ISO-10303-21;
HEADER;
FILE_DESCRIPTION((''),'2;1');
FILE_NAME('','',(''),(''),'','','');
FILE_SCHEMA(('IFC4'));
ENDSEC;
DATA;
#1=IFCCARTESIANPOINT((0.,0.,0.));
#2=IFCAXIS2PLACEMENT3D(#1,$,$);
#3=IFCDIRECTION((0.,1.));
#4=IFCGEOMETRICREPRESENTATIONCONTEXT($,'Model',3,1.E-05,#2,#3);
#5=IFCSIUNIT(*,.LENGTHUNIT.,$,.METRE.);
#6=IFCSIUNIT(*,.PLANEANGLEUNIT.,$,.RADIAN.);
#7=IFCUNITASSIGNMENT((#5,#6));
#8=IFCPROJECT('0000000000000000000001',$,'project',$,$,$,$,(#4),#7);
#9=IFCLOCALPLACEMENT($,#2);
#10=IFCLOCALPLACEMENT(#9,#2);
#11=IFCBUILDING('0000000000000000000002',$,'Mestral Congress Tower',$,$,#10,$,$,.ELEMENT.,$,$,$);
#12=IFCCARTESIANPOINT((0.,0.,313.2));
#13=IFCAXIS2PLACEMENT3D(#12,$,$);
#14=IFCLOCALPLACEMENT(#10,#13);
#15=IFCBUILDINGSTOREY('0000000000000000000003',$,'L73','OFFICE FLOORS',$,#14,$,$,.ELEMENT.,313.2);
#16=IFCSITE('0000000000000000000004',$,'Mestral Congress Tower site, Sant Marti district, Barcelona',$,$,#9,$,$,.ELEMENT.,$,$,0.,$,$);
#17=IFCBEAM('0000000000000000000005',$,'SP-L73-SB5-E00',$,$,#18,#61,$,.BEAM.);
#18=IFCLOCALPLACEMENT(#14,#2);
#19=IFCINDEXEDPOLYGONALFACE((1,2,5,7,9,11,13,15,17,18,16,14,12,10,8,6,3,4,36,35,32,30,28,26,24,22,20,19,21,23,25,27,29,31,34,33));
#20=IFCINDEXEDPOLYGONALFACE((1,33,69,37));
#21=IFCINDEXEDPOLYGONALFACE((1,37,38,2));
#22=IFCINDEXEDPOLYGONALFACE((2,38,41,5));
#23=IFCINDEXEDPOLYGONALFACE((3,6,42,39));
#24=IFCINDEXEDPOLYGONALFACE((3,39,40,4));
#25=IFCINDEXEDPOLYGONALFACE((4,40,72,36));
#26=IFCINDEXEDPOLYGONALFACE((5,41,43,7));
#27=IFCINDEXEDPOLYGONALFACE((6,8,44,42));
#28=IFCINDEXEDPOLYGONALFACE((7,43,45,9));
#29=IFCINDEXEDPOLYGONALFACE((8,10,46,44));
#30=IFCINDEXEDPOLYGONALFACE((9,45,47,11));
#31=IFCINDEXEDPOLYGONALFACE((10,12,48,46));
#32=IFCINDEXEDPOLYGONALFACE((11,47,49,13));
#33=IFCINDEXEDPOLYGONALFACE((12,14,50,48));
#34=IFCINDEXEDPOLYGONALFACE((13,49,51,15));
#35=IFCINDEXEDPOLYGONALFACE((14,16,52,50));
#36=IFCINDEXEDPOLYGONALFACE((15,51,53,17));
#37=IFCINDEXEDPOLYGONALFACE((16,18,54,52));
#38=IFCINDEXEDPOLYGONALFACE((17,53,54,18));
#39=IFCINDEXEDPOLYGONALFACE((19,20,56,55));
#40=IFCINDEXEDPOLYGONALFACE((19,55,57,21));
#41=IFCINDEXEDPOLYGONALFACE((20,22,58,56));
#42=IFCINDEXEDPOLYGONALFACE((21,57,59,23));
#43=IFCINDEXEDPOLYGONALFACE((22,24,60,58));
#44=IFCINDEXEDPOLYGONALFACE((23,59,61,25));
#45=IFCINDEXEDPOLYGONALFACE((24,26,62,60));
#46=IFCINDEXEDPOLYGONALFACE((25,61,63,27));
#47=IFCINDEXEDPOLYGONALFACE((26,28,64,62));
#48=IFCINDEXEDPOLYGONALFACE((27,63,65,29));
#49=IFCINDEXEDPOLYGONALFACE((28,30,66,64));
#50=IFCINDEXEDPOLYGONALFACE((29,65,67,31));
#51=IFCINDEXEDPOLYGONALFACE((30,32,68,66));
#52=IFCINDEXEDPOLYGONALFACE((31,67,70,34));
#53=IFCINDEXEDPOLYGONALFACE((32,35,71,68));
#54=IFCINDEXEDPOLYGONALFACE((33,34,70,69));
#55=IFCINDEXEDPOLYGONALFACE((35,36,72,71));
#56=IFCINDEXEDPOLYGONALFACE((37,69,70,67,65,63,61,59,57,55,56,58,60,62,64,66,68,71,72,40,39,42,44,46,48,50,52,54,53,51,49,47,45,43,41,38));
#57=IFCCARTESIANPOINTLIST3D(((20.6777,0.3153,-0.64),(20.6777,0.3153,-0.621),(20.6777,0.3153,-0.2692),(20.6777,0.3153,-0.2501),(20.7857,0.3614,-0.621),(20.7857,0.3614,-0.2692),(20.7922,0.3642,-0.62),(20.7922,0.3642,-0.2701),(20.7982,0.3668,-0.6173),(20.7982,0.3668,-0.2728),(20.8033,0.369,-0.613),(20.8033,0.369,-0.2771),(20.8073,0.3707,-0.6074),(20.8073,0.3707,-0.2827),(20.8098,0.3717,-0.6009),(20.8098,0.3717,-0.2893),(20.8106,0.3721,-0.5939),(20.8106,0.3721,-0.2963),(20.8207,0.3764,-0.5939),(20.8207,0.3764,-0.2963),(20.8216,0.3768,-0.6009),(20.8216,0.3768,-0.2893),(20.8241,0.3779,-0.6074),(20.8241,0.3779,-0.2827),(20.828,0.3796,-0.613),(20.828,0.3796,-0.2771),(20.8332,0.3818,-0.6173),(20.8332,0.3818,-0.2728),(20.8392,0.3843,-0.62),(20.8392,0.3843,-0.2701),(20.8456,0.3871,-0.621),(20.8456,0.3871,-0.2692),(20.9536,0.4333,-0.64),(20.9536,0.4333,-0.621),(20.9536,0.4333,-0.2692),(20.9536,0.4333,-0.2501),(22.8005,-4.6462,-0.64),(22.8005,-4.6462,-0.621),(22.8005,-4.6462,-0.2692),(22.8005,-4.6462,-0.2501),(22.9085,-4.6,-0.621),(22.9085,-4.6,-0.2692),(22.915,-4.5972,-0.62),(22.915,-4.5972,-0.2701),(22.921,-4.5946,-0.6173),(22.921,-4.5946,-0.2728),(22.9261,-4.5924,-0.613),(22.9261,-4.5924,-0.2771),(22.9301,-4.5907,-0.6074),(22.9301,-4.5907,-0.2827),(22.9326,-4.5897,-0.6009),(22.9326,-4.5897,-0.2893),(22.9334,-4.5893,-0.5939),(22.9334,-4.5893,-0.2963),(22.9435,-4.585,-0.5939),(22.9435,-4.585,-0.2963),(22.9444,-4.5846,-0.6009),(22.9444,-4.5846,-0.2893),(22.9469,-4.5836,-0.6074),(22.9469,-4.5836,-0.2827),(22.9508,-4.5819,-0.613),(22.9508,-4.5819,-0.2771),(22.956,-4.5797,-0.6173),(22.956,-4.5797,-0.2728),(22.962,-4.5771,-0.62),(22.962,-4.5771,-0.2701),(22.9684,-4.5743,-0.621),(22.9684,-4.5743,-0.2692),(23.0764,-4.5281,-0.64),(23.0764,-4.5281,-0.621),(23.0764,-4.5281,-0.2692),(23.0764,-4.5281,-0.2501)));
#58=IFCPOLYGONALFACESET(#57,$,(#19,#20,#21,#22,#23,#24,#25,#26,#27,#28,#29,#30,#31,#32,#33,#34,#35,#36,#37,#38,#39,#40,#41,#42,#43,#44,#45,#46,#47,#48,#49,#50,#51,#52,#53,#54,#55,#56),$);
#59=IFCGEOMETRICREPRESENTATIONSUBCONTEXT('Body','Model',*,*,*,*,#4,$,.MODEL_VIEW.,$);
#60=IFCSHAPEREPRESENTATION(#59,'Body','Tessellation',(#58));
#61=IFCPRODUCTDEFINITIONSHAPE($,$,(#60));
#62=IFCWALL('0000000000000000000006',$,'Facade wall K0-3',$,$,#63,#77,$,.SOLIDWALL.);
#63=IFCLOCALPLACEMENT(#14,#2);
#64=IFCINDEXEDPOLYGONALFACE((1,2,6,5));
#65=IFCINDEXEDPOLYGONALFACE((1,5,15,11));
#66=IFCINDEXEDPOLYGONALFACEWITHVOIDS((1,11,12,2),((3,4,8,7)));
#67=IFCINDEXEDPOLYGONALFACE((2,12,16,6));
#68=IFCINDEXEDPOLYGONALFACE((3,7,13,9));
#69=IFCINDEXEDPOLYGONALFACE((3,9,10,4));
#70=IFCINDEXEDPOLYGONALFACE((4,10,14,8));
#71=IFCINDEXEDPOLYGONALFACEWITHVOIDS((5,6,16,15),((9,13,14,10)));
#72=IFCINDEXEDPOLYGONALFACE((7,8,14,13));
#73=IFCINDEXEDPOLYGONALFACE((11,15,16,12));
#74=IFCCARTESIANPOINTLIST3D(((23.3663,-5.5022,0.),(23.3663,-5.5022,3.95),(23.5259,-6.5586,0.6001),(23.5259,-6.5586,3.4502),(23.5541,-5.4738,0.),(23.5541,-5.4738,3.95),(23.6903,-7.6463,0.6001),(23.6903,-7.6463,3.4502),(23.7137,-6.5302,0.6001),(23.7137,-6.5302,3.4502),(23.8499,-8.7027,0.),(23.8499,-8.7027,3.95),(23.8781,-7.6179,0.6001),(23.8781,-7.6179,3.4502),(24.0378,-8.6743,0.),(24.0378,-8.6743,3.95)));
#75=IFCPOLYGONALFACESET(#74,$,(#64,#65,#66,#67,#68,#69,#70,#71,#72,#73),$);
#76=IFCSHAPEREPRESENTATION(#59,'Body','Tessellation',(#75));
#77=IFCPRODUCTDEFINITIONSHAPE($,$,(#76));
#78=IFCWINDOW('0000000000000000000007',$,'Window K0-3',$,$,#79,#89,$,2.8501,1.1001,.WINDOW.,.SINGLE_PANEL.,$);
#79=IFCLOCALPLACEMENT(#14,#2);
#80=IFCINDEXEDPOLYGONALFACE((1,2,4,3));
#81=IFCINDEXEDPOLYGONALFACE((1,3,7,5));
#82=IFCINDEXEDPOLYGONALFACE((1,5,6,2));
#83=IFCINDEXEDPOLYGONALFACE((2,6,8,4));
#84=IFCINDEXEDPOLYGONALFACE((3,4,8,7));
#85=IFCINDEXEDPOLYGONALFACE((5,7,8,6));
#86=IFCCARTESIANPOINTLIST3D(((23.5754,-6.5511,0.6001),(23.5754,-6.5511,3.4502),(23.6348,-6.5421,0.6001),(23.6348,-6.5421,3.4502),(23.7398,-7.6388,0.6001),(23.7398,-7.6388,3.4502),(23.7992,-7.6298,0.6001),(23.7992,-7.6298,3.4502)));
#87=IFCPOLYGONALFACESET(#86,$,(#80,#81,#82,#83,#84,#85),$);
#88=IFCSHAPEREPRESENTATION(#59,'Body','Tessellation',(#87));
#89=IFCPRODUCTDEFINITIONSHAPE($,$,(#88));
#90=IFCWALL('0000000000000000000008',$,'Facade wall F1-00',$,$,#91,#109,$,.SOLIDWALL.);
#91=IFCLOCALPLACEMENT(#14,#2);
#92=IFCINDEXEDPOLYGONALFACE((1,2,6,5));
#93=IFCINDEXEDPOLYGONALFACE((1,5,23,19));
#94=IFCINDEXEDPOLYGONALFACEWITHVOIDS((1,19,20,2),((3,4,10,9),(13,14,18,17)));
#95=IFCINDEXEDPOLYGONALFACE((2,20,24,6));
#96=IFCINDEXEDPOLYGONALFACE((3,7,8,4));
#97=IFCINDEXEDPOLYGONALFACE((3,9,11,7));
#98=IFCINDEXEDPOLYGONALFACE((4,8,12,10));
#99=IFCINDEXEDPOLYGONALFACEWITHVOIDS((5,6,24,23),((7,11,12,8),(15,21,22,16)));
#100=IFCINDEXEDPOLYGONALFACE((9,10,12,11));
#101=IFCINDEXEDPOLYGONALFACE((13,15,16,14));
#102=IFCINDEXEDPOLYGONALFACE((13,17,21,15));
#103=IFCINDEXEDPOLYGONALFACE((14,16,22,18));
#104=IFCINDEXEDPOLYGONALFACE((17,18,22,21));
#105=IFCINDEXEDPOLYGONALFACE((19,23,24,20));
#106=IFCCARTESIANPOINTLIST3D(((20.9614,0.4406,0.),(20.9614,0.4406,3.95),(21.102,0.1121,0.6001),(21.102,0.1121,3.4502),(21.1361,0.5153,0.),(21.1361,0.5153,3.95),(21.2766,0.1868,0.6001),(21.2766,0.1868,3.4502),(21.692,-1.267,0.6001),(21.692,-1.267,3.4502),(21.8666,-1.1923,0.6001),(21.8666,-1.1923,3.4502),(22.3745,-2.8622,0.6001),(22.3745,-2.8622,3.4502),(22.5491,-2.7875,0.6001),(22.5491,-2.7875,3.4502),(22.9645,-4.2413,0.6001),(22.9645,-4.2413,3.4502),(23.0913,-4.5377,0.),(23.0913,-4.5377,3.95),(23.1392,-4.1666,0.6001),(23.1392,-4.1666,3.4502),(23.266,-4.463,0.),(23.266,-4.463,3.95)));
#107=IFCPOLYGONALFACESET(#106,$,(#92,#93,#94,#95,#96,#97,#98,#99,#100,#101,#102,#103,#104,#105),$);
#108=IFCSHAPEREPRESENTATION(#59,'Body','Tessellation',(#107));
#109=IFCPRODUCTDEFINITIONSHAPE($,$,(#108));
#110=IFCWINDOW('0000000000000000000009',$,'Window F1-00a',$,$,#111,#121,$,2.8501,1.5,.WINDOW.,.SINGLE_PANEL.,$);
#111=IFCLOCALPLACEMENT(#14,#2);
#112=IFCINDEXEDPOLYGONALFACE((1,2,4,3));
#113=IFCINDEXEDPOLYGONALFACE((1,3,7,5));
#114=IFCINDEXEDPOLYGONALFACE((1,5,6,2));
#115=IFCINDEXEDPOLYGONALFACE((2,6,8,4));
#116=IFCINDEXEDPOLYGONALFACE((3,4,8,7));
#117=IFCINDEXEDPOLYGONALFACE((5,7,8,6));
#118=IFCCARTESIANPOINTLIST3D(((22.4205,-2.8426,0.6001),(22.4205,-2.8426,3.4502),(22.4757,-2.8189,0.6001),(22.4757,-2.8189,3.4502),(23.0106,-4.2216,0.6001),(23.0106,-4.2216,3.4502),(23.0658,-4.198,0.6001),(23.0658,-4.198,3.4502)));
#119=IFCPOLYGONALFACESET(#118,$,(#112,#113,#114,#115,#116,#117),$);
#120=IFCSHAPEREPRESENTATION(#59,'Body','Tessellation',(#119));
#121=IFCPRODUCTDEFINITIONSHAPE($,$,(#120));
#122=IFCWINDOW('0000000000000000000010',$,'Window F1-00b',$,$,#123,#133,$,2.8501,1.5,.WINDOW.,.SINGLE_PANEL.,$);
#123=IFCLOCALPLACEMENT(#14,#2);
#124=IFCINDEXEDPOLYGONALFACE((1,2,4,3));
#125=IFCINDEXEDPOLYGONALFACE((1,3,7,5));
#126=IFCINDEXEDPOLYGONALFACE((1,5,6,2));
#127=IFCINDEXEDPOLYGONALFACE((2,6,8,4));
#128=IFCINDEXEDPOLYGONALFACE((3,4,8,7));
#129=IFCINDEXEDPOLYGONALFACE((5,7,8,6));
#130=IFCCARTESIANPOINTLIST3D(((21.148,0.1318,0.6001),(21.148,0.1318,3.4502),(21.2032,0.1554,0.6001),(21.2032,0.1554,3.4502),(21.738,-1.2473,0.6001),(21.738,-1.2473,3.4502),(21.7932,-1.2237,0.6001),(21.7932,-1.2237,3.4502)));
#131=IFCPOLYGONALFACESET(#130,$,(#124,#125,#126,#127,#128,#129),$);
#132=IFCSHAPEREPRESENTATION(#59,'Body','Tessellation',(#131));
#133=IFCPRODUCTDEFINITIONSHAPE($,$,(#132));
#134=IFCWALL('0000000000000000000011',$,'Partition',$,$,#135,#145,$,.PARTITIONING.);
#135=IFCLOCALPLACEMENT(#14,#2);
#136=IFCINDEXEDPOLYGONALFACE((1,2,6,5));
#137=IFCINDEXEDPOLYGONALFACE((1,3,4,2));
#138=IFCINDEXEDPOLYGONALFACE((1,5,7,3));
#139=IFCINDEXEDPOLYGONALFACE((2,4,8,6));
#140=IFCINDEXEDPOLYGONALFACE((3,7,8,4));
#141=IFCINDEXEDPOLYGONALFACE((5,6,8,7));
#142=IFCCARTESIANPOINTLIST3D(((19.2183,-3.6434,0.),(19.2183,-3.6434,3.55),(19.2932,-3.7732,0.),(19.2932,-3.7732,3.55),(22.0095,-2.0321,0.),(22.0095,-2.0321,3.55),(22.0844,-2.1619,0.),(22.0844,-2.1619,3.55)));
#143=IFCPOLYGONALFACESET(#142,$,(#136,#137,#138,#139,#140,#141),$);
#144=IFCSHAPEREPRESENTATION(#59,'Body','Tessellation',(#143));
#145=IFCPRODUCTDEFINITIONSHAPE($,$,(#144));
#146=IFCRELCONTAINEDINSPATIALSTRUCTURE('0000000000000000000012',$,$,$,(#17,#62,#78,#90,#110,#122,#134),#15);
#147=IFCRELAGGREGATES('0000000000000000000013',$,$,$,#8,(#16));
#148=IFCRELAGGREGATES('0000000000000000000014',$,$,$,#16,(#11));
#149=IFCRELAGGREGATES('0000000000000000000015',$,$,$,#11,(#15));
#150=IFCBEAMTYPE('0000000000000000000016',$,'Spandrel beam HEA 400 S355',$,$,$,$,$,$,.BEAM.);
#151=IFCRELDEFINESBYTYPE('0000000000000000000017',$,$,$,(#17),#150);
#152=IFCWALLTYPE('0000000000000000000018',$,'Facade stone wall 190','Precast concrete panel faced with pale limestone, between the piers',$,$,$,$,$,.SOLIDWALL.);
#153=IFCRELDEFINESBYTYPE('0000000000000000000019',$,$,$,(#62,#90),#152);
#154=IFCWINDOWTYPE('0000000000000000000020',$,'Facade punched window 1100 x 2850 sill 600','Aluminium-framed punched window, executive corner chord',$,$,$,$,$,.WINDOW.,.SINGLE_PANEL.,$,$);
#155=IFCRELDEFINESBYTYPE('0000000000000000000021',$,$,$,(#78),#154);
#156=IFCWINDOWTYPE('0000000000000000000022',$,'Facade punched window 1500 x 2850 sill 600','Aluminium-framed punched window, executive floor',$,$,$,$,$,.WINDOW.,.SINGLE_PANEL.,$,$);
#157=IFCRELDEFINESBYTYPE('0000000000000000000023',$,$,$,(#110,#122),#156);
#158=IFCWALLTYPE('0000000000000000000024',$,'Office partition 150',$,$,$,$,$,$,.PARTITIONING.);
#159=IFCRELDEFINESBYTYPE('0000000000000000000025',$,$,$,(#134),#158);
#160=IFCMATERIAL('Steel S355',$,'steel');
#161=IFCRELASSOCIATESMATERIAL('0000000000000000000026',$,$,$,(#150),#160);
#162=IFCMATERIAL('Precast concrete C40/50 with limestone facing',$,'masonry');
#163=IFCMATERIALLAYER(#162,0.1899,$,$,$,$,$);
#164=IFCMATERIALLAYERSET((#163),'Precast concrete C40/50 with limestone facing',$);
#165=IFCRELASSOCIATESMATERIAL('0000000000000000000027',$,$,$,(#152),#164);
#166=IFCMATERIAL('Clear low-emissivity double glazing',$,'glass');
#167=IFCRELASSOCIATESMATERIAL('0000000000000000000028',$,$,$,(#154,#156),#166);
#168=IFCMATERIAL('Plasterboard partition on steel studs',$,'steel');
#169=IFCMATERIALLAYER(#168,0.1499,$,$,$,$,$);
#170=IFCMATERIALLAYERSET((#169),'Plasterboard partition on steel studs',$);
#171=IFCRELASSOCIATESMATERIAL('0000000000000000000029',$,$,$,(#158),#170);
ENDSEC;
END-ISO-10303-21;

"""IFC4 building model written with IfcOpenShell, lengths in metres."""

from ifc_helpers import new_model, si_unit, direction, frame, frame_2d, origin, origin_2d, place, context, subcontext, project, spatial, rectangle, i_section, extrude, material, layer, layer_set, material_profile, profile_set, type_object, element, fill, save


model = new_model("IFC4")

# Units and contexts
model_context = context("Model", 3, precision=1e-05, world=origin(), true_north=direction((0.0, 1.0)))
body_context = subcontext(model_context, "Body", "Model", "MODEL_VIEW")
ifc_project = project(units=[si_unit("LENGTHUNIT", "METRE"), si_unit("PLANEANGLEUNIT", "RADIAN")], contexts=[model_context])

# Site, building, storey
site_placement = place(None, origin())
site = spatial("IfcSite", under=ifc_project, at=site_placement, Name="Mestral Congress Tower site, Sant Marti district, Barcelona", CompositionType="ELEMENT", RefElevation=0.0)
building_placement = place(site_placement, origin())
building = spatial("IfcBuilding", under=site, at=building_placement, Name="Mestral Congress Tower", CompositionType="ELEMENT")
storey_placement = place(building_placement, frame((0.0, 0.0, 313.2)))
storey = spatial("IfcBuildingStorey", under=building, at=storey_placement, Name="L73", Description="OFFICE FLOORS", CompositionType="ELEMENT", Elevation=313.2)

# Beam
ifc_material_1 = material(Name="Steel S355", Category="steel")
ifc_material_profile_1 = material_profile(ifc_material_1, i_section(OverallWidth=0.3, OverallDepth=0.3899, WebThickness=0.011, FlangeThickness=0.019, FilletRadius=0.0271, at=origin_2d()), Name="HEA 400")
ifc_profile_set_1 = profile_set([ifc_material_profile_1], Name="Steel S355")
beam_type_1 = type_object("IfcBeamType", Name="Spandrel beam HEA 400 S355", PredefinedType="BEAM", material=ifc_profile_set_1)
beam_1_placement = place(storey_placement, frame((22.9385, -4.5872, -0.4451), z_axis=(-0.393368, 0.919381, 0.0), x_axis=(-0.919381, -0.393368, 0.0)))
element("IfcBeam", 1, at=beam_1_placement, inside=storey, type_object=beam_type_1, Name="SP-L73-SB5-E00", PredefinedType="BEAM", context=body_context, shape_type="SweptSolid", body=[
    extrude(i_section(OverallWidth=0.3, OverallDepth=0.3899, WebThickness=0.011, FlangeThickness=0.019, FilletRadius=0.0271, at=origin_2d()), origin(), (0.0, 0.0, 1.0), 5.3965),
])

# Wall, opening, window
ifc_material_2 = material(Name="Precast concrete C40/50 with limestone facing", Category="masonry")
ifc_layer_1 = layer(ifc_material_2, 0.1899)
ifc_layer_set_1 = layer_set([ifc_layer_1], Name="Precast concrete C40/50 with limestone facing")
wall_type_1 = type_object("IfcWallType", Name="Facade stone wall 190", Description="Precast concrete panel faced with pale limestone, between the piers", PredefinedType="SOLIDWALL", material=ifc_layer_set_1)
wall_1_placement = place(storey_placement, frame((23.9438, -8.6885, 0.0), z_axis=(0.0, 0.0, 1.0), x_axis=(-0.149421, 0.988774, 0.0)))
wall_1 = element("IfcWall", 2, at=wall_1_placement, inside=storey, type_object=wall_type_1, Name="Facade wall K0-3", PredefinedType="SOLIDWALL", context=body_context, shape_type="SweptSolid", body=[
    extrude(rectangle(XDim=3.2368, YDim=0.1899, at=frame_2d((1.6184, 0.0))), origin(), (0.0, 0.0, 1.0), 3.95),
])
opening_1_placement = place(wall_1_placement, frame((1.0684, 0.0, 0.6001)))
opening_1 = element("IfcOpeningElement", 3, at=opening_1_placement, cuts=wall_1, PredefinedType="OPENING", context=body_context, shape_type="SweptSolid", body=[
    extrude(rectangle(XDim=1.1001, YDim=2.8501, at=frame_2d((0.55, 1.425))), frame((0.0, 0.105, 0.0), z_axis=(0.0, -1.0, 0.0), x_axis=(1.0, 0.0, 0.0)), (0.0, 0.0, 1.0), 0.21),
])
ifc_material_3 = material(Name="Clear low-emissivity double glazing", Category="glass")
window_type_1 = type_object("IfcWindowType", Name="Facade punched window 1100 x 2850 sill 600", Description="Aluminium-framed punched window, executive corner chord", PartitioningType="SINGLE_PANEL", PredefinedType="WINDOW", material=ifc_material_3)
window_1_placement = place(opening_1_placement, origin())
window_1 = element("IfcWindow", 4, at=window_1_placement, inside=storey, type_object=window_type_1, Name="Window K0-3", OverallHeight=2.8501, OverallWidth=1.1001, PartitioningType="SINGLE_PANEL", PredefinedType="WINDOW", context=body_context, shape_type="SweptSolid", body=[
    extrude(rectangle(XDim=1.1001, YDim=2.8501, at=frame_2d((0.55, 1.425))), frame((0.0, 0.0449, 0.0), z_axis=(0.0, -1.0, 0.0), x_axis=(1.0, 0.0, 0.0)), (0.0, 0.0, 1.0), 0.0601),
])
fill(opening_1, window_1)

# Wall, openings, windows
wall_2_placement = place(storey_placement, frame((23.1787, -4.5005, 0.0), z_axis=(0.0, 0.0, 1.0), x_axis=(-0.393348, 0.91939, 0.0)))
wall_2 = element("IfcWall", 5, at=wall_2_placement, inside=storey, type_object=wall_type_1, Name="Facade wall F1-00", PredefinedType="SOLIDWALL", context=body_context, shape_type="SweptSolid", body=[
    extrude(rectangle(XDim=5.4148, YDim=0.1899, at=frame_2d((2.7075, 0.0))), origin(), (0.0, 0.0, 1.0), 3.95),
])
opening_2_placement = place(wall_2_placement, frame((0.3225, 0.0, 0.6001)))
opening_2 = element("IfcOpeningElement", 6, at=opening_2_placement, cuts=wall_2, PredefinedType="OPENING", context=body_context, shape_type="SweptSolid", body=[
    extrude(rectangle(XDim=1.5, YDim=2.8501, at=frame_2d((0.75, 1.425))), frame((0.0, 0.105, 0.0), z_axis=(0.0, -1.0, 0.0), x_axis=(1.0, 0.0, 0.0)), (0.0, 0.0, 1.0), 0.21),
])
opening_3_placement = place(wall_2_placement, frame((3.5576, 0.0, 0.6001)))
opening_3 = element("IfcOpeningElement", 7, at=opening_3_placement, cuts=wall_2, PredefinedType="OPENING", context=body_context, shape_type="SweptSolid", body=[
    extrude(rectangle(XDim=1.5, YDim=2.8501, at=frame_2d((0.75, 1.425))), frame((0.0, 0.105, 0.0), z_axis=(0.0, -1.0, 0.0), x_axis=(1.0, 0.0, 0.0)), (0.0, 0.0, 1.0), 0.21),
])
window_type_2 = type_object("IfcWindowType", Name="Facade punched window 1500 x 2850 sill 600", Description="Aluminium-framed punched window, executive floor", PartitioningType="SINGLE_PANEL", PredefinedType="WINDOW", material=ifc_material_3)
window_2_placement = place(opening_2_placement, origin())
window_2 = element("IfcWindow", 8, at=window_2_placement, inside=storey, type_object=window_type_2, Name="Window F1-00a", OverallHeight=2.8501, OverallWidth=1.5, PartitioningType="SINGLE_PANEL", PredefinedType="WINDOW", context=body_context, shape_type="SweptSolid", body=[
    extrude(rectangle(XDim=1.5, YDim=2.8501, at=frame_2d((0.75, 1.425))), frame((0.0, 0.0449, 0.0), z_axis=(0.0, -1.0, 0.0), x_axis=(1.0, 0.0, 0.0)), (0.0, 0.0, 1.0), 0.0601),
])
fill(opening_2, window_2)
window_3_placement = place(opening_3_placement, origin())
window_3 = element("IfcWindow", 9, at=window_3_placement, inside=storey, type_object=window_type_2, Name="Window F1-00b", OverallHeight=2.8501, OverallWidth=1.5, PartitioningType="SINGLE_PANEL", PredefinedType="WINDOW", context=body_context, shape_type="SweptSolid", body=[
    extrude(rectangle(XDim=1.5, YDim=2.8501, at=frame_2d((0.75, 1.425))), frame((0.0, 0.0449, 0.0), z_axis=(0.0, -1.0, 0.0), x_axis=(1.0, 0.0, 0.0)), (0.0, 0.0, 1.0), 0.0601),
])
fill(opening_3, window_3)

# Wall
ifc_material_4 = material(Name="Plasterboard partition on steel studs", Category="steel")
ifc_layer_2 = layer(ifc_material_4, 0.1499)
ifc_layer_set_2 = layer_set([ifc_layer_2], Name="Plasterboard partition on steel studs")
wall_type_2 = type_object("IfcWallType", Name="Office partition 150", PredefinedType="PARTITIONING", material=ifc_layer_set_2)
wall_3_placement = place(storey_placement, frame((19.2559, -3.7083, 0.0), z_axis=(0.0, 0.0, 1.0), x_axis=(0.866053, 0.499952, 0.0)))
element("IfcWall", 10, at=wall_3_placement, inside=storey, type_object=wall_type_2, Name="Partition", PredefinedType="PARTITIONING", context=body_context, shape_type="SweptSolid", body=[
    extrude(rectangle(XDim=3.2229, YDim=0.1499, at=frame_2d((1.6113, 0.0))), origin(), (0.0, 0.0, 1.0), 3.55),
])

save(model, "model.ifc")
